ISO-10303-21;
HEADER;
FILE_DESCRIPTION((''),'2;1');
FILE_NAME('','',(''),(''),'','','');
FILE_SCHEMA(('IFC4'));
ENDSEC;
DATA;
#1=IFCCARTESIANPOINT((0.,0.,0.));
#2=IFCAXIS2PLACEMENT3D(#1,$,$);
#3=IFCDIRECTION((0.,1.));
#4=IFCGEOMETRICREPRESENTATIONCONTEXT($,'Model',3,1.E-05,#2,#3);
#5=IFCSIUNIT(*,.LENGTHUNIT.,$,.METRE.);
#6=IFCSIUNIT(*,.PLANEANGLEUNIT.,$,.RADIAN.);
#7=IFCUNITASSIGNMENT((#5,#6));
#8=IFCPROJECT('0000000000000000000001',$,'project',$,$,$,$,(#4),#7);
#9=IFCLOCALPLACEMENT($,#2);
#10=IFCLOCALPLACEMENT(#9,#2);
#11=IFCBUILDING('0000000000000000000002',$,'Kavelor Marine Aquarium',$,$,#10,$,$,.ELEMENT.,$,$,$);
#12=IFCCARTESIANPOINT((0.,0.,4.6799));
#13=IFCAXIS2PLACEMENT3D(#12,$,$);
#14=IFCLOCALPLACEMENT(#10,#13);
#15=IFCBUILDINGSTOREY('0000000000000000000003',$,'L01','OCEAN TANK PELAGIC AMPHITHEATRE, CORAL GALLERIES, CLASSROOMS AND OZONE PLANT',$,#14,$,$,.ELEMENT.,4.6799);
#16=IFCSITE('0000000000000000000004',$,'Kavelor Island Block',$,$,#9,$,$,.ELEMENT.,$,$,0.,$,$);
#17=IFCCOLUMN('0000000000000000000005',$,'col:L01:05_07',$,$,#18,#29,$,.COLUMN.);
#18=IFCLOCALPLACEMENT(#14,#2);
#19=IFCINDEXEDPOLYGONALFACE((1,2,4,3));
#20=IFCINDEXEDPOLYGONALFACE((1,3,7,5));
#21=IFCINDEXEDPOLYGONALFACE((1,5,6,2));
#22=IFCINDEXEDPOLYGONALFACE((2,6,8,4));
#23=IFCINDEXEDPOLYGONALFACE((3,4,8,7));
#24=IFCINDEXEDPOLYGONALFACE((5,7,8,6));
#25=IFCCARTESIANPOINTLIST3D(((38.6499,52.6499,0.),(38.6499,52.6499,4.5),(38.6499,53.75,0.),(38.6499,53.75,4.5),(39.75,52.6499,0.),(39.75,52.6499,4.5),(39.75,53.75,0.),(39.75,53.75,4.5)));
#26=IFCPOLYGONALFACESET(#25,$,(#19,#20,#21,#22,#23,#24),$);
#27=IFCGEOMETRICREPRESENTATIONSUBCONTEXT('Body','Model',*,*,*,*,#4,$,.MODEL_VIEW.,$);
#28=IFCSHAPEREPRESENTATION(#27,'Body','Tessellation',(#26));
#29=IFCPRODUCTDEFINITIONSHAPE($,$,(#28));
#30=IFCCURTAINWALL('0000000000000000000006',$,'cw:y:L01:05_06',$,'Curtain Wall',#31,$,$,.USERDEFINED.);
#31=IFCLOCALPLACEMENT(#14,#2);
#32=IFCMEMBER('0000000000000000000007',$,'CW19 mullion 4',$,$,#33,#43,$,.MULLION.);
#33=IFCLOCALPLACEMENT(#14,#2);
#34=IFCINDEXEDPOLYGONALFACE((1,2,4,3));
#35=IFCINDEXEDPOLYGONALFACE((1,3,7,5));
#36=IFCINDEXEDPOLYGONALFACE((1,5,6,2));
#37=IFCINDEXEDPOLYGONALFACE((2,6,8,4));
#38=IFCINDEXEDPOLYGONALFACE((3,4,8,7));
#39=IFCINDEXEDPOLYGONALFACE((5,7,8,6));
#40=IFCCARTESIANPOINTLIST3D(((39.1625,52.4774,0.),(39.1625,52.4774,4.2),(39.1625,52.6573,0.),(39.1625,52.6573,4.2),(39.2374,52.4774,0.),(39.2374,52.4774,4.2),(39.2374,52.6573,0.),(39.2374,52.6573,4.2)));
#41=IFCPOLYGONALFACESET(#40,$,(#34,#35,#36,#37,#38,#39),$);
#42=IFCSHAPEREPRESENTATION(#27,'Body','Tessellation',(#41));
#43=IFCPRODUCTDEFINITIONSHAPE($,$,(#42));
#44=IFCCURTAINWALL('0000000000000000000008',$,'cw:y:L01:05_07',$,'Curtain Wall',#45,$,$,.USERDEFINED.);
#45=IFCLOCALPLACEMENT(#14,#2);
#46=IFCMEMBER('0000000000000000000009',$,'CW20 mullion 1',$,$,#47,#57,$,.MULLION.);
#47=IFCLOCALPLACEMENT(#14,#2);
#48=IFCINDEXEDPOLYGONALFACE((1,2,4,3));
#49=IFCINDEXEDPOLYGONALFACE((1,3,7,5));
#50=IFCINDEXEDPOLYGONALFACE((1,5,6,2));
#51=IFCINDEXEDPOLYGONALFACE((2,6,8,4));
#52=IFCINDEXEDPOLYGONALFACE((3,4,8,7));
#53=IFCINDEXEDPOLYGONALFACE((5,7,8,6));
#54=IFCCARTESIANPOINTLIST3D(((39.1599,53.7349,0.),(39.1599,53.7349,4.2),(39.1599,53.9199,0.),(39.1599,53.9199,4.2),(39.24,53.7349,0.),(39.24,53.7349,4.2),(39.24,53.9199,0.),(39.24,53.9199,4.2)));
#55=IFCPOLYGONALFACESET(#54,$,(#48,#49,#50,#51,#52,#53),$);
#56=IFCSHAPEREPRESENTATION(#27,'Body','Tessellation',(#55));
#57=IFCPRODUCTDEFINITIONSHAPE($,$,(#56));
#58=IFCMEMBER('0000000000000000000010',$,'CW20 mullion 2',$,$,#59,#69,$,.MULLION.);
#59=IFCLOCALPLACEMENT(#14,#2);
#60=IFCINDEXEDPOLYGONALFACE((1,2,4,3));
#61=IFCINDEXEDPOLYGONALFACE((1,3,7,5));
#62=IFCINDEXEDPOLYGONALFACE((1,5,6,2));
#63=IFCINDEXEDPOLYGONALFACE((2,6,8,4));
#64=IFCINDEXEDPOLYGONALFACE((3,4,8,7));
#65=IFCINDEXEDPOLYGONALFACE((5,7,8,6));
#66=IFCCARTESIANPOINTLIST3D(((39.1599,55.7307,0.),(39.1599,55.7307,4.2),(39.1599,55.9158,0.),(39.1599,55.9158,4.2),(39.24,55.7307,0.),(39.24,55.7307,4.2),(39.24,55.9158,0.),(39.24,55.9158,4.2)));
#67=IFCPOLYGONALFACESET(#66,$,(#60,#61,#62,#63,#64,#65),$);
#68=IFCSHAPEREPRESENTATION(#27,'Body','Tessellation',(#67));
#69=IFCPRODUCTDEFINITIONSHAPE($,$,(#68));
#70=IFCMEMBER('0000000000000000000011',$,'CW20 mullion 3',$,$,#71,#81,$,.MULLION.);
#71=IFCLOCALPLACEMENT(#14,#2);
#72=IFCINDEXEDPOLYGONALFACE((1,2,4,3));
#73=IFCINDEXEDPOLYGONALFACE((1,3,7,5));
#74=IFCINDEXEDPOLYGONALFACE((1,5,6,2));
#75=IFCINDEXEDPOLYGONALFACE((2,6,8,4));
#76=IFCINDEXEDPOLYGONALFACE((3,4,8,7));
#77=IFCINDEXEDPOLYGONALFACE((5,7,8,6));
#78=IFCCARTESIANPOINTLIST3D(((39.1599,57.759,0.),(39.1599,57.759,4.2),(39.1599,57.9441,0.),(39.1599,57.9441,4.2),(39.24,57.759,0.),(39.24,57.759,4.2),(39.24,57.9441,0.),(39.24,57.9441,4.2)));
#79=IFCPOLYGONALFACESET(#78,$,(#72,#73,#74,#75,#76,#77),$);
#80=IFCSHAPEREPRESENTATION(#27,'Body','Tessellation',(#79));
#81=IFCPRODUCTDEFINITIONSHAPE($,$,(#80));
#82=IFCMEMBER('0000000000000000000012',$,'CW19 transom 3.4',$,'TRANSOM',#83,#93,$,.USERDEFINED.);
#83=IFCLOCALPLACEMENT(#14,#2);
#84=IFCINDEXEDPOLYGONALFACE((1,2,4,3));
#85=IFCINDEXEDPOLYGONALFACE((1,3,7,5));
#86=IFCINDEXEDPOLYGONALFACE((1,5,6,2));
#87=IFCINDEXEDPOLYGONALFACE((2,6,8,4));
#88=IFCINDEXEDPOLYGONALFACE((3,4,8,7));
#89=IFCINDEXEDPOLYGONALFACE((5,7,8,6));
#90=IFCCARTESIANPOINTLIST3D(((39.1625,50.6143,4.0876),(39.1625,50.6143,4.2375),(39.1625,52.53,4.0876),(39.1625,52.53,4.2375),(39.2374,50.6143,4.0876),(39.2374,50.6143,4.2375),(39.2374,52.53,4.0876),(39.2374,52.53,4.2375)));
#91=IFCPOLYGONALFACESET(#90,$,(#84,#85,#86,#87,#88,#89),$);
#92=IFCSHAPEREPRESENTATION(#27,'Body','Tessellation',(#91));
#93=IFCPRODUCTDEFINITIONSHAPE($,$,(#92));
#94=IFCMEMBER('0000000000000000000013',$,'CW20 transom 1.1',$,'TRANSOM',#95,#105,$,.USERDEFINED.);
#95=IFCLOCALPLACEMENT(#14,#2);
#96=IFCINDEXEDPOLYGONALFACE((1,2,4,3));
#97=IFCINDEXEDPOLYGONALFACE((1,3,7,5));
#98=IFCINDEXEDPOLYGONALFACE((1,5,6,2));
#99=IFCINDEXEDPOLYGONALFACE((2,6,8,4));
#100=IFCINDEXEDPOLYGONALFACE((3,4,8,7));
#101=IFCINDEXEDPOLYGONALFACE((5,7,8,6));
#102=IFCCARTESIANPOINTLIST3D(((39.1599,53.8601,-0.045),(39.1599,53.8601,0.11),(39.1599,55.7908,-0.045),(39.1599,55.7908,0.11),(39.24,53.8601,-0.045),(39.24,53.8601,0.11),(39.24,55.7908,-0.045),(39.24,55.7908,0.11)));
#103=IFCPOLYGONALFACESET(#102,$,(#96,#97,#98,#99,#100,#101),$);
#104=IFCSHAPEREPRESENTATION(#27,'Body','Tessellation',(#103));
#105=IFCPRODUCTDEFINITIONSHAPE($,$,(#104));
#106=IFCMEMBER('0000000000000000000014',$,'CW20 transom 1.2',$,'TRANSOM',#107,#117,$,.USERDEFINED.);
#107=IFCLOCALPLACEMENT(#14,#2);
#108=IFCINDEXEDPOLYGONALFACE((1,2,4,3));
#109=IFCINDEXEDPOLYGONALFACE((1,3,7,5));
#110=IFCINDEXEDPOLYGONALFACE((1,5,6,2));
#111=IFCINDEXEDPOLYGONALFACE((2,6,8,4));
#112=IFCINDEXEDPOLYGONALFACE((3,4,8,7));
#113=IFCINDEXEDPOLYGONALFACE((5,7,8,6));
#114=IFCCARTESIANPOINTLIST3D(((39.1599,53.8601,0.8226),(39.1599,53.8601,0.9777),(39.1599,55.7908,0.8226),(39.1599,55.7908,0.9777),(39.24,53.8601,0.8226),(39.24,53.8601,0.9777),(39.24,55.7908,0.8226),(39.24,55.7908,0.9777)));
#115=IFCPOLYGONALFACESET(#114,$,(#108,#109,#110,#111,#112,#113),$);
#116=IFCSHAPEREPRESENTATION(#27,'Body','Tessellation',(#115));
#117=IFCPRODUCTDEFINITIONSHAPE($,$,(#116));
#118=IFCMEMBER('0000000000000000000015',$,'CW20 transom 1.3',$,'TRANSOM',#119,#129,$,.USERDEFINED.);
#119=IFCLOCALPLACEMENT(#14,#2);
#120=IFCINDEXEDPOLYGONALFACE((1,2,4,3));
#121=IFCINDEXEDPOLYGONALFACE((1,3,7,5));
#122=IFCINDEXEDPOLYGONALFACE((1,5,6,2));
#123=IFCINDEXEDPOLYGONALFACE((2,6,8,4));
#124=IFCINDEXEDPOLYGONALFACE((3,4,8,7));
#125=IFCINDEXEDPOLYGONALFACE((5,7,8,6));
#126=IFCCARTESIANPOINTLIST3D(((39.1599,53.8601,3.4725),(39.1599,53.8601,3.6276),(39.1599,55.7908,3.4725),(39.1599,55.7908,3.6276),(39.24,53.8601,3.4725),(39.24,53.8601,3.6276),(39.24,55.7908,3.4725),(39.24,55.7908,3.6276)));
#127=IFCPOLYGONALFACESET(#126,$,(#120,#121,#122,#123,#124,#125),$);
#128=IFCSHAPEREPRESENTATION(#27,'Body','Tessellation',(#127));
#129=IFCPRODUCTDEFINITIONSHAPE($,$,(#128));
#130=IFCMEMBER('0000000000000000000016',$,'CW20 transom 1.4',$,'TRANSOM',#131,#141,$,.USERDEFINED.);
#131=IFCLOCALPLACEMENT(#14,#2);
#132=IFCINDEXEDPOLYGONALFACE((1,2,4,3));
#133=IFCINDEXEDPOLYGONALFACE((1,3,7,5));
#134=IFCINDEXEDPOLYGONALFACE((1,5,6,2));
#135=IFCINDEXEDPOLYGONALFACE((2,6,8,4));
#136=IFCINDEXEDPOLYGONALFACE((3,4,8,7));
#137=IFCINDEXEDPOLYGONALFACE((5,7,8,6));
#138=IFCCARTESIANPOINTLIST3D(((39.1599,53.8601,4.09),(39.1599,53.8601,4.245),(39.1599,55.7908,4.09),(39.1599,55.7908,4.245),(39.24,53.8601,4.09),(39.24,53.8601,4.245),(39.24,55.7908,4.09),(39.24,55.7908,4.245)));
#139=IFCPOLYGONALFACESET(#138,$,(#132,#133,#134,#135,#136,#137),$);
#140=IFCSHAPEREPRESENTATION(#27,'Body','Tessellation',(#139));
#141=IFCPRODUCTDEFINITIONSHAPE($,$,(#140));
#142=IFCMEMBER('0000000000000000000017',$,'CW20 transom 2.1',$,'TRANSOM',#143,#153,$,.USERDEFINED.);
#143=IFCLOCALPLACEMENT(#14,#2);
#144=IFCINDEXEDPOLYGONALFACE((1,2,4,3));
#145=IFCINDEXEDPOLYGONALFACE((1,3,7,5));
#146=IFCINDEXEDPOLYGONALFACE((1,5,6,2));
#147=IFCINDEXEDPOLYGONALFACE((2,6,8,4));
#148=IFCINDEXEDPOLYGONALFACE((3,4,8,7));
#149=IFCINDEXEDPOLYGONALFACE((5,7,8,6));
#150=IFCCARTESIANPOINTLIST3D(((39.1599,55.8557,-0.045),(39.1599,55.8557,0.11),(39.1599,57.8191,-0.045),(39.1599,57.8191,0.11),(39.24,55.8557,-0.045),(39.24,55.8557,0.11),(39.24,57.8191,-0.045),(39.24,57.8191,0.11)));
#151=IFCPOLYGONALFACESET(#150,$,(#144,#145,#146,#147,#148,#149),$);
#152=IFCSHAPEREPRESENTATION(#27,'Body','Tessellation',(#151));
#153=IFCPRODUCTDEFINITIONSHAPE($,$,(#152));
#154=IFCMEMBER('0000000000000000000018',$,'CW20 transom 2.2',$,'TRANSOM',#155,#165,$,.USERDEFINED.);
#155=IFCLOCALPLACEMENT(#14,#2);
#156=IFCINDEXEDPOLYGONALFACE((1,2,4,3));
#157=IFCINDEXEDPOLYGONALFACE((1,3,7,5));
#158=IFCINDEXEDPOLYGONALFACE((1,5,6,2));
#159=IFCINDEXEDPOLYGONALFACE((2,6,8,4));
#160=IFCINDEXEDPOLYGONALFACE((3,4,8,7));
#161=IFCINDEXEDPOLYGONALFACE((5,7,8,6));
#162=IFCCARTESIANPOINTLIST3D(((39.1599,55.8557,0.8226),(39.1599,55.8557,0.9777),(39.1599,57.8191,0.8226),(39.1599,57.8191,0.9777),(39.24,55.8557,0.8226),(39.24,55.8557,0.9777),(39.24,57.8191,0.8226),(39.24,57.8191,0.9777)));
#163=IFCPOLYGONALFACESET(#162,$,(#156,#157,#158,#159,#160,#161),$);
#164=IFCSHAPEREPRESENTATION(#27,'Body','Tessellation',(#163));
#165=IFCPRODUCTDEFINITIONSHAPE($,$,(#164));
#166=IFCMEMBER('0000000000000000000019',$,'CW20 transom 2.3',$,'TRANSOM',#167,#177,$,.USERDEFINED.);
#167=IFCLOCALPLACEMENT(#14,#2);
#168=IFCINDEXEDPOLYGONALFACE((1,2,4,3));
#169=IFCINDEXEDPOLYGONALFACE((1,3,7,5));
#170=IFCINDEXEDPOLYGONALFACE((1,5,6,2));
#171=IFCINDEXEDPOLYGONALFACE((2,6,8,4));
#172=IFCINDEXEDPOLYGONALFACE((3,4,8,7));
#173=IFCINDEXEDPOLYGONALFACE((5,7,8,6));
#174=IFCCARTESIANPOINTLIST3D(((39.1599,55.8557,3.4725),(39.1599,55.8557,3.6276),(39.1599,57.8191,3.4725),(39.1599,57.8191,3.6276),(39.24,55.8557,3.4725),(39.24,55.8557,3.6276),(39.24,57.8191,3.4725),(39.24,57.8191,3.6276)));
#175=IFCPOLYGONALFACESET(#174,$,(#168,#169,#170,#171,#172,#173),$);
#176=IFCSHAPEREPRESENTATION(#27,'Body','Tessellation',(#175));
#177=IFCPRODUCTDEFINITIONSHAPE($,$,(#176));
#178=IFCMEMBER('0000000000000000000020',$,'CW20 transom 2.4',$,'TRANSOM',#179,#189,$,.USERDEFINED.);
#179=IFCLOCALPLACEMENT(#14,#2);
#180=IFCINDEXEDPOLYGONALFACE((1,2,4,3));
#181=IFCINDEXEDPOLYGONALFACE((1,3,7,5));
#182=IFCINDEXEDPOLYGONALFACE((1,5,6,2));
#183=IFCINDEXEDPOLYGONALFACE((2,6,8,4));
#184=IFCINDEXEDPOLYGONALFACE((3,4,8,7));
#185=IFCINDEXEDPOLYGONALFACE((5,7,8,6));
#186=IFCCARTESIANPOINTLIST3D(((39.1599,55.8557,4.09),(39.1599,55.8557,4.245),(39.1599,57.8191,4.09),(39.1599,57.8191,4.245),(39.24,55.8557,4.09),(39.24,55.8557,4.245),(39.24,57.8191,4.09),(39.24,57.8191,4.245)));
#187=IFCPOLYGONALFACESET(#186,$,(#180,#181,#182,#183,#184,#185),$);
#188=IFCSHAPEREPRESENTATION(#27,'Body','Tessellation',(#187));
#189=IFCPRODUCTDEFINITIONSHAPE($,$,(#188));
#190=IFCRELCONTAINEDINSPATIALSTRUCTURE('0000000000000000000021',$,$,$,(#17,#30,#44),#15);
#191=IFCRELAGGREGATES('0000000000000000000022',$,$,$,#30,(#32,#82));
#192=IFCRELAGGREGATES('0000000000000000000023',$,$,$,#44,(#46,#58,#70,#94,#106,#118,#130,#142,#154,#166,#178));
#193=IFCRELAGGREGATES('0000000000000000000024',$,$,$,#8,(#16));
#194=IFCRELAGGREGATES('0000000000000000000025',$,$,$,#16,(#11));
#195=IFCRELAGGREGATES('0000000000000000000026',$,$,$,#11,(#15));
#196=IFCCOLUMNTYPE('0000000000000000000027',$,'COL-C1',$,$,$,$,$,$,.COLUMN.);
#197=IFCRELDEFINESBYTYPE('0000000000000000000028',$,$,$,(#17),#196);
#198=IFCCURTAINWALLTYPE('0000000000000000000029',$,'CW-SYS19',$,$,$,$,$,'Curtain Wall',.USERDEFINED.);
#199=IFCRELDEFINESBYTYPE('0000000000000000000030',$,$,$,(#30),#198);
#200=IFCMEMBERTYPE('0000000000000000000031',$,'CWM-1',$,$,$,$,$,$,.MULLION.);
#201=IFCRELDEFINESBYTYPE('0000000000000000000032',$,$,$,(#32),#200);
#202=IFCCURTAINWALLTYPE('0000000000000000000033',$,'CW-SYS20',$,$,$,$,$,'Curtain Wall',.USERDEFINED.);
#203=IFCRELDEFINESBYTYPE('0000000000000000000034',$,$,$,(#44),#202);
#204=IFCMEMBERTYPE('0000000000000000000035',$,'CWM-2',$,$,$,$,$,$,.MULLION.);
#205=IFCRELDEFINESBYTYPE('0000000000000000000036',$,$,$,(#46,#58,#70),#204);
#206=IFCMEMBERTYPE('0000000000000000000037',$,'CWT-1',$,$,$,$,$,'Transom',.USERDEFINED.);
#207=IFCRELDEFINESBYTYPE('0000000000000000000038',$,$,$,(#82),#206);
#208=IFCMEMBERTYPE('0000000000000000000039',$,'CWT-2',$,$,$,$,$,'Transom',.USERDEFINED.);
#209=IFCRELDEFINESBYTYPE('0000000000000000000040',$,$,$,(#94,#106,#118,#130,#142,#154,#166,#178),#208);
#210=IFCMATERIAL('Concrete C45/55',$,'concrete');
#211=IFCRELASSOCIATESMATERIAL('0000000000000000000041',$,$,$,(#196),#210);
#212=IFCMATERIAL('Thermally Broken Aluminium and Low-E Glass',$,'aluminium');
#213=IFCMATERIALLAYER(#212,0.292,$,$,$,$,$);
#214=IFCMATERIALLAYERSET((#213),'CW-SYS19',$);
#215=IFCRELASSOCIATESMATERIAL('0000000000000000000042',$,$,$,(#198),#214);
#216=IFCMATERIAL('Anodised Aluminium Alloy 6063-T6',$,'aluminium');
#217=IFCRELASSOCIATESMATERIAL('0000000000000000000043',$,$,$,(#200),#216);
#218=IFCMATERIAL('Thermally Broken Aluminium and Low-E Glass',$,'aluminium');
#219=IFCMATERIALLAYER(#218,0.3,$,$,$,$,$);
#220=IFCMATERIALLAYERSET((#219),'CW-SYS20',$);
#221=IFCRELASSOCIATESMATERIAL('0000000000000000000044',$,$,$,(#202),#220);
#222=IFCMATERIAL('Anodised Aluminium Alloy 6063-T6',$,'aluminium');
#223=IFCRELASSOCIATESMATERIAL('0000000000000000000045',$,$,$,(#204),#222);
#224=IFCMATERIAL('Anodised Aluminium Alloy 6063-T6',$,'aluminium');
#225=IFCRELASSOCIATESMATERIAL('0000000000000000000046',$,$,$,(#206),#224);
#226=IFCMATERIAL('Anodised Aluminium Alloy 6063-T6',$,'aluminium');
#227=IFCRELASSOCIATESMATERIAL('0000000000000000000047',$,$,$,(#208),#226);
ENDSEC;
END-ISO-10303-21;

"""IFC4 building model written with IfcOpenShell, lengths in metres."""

from ifc_helpers import new_model, si_unit, direction, frame, origin, origin_2d, place, context, subcontext, project, spatial, rectangle, extrude, material, layer, layer_set, material_profile, profile_set, type_object, element, aggregate, save


model = new_model("IFC4")

# Units and contexts
model_context = context("Model", 3, precision=1e-05, world=origin(), true_north=direction((0.0, 1.0)))
body_context = subcontext(model_context, "Body", "Model", "MODEL_VIEW")
ifc_project = project(units=[si_unit("LENGTHUNIT", "METRE"), si_unit("PLANEANGLEUNIT", "RADIAN")], contexts=[model_context])

# Site, building, storey
site_placement = place(None, origin())
site = spatial("IfcSite", under=ifc_project, at=site_placement, Name="Kavelor Island Block", CompositionType="ELEMENT", RefElevation=0.0)
building_placement = place(site_placement, origin())
building = spatial("IfcBuilding", under=site, at=building_placement, Name="Kavelor Marine Aquarium", CompositionType="ELEMENT")
storey_placement = place(building_placement, frame((0.0, 0.0, 4.6799)))
storey = spatial("IfcBuildingStorey", under=building, at=storey_placement, Name="L01", Description="OCEAN TANK PELAGIC AMPHITHEATRE, CORAL GALLERIES, CLASSROOMS AND OZONE PLANT", CompositionType="ELEMENT", Elevation=4.6799)

# Column
ifc_material_1 = material(Name="Concrete C45/55", Category="concrete")
ifc_material_profile_1 = material_profile(ifc_material_1, rectangle(XDim=1.1001, YDim=1.1001, at=origin_2d()), Name="RC-COL 1100x1100")
ifc_profile_set_1 = profile_set([ifc_material_profile_1], Name="Concrete C45/55")
column_type = type_object("IfcColumnType", Name="COL-C1", PredefinedType="COLUMN", material=ifc_profile_set_1)
column_placement = place(storey_placement, frame((39.2, 53.2, 0.0), z_axis=(0.0, 0.0, 1.0), x_axis=(1.0, 0.0, 0.0)))
element("IfcColumn", 1, at=column_placement, inside=storey, type_object=column_type, Name="col:L01:05_07", PredefinedType="COLUMN", context=body_context, shape_type="SweptSolid", body=[
    extrude(rectangle(XDim=1.1001, YDim=1.1001, at=origin_2d()), origin(), (0.0, 0.0, 1.0), 4.5),
])

# Curtain wall, member
ifc_material_2 = material(Name="Thermally Broken Aluminium and Low-E Glass", Category="aluminium")
ifc_layer_1 = layer(ifc_material_2, 0.292)
ifc_layer_set_1 = layer_set([ifc_layer_1], Name="CW-SYS19")
curtain_wall_type_1 = type_object("IfcCurtainWallType", Name="CW-SYS19", ElementType="Curtain Wall", PredefinedType="USERDEFINED", material=ifc_layer_set_1)
curtain_wall_1_placement = place(storey_placement, origin())
curtain_wall_1 = element("IfcCurtainWall", 2, at=curtain_wall_1_placement, inside=storey, type_object=curtain_wall_type_1, Name="cw:y:L01:05_06", ObjectType="Curtain Wall", PredefinedType="USERDEFINED")
ifc_material_3 = material(Name="Anodised Aluminium Alloy 6063-T6", Category="aluminium")
ifc_material_profile_2 = material_profile(ifc_material_3, rectangle(XDim=0.075, YDim=0.1799, at=origin_2d()), Name="CW-MUL 75x180")
ifc_profile_set_2 = profile_set([ifc_material_profile_2], Name="Anodised Aluminium Alloy 6063-T6")
member_type_1 = type_object("IfcMemberType", Name="CWM-1", PredefinedType="MULLION", material=ifc_profile_set_2)
member_1_placement = place(storey_placement, frame((39.2, 52.5674, 0.0), z_axis=(0.0, 0.0, 1.0), x_axis=(-1.0, 0.0, 0.0)))
member_1 = element("IfcMember", 3, at=member_1_placement, type_object=member_type_1, Name="CW19 mullion 4", PredefinedType="MULLION", context=body_context, shape_type="SweptSolid", body=[
    extrude(rectangle(XDim=0.075, YDim=0.1799, at=origin_2d()), origin(), (0.0, 0.0, 1.0), 4.2),
])

# Curtain wall, members
ifc_material_4 = material(Name="Thermally Broken Aluminium and Low-E Glass", Category="aluminium")
ifc_layer_2 = layer(ifc_material_4, 0.3)
ifc_layer_set_2 = layer_set([ifc_layer_2], Name="CW-SYS20")
curtain_wall_type_2 = type_object("IfcCurtainWallType", Name="CW-SYS20", ElementType="Curtain Wall", PredefinedType="USERDEFINED", material=ifc_layer_set_2)
curtain_wall_2_placement = place(storey_placement, origin())
curtain_wall_2 = element("IfcCurtainWall", 4, at=curtain_wall_2_placement, inside=storey, type_object=curtain_wall_type_2, Name="cw:y:L01:05_07", ObjectType="Curtain Wall", PredefinedType="USERDEFINED")
ifc_material_5 = material(Name="Anodised Aluminium Alloy 6063-T6", Category="aluminium")
ifc_material_profile_3 = material_profile(ifc_material_5, rectangle(XDim=0.0801, YDim=0.1851, at=origin_2d()), Name="CW-MUL 80x185")
ifc_profile_set_3 = profile_set([ifc_material_profile_3], Name="Anodised Aluminium Alloy 6063-T6")
member_type_2 = type_object("IfcMemberType", Name="CWM-2", PredefinedType="MULLION", material=ifc_profile_set_3)
member_2_placement = place(storey_placement, frame((39.2, 53.8274, 0.0), z_axis=(0.0, 0.0, 1.0), x_axis=(-1.0, 0.0, 0.0)))
member_2 = element("IfcMember", 5, at=member_2_placement, type_object=member_type_2, Name="CW20 mullion 1", PredefinedType="MULLION", context=body_context, shape_type="SweptSolid", body=[
    extrude(rectangle(XDim=0.0801, YDim=0.1851, at=origin_2d()), origin(), (0.0, 0.0, 1.0), 4.2),
])
member_3_placement = place(storey_placement, frame((39.2, 55.8232, 0.0), z_axis=(0.0, 0.0, 1.0), x_axis=(-1.0, 0.0, 0.0)))
member_3 = element("IfcMember", 6, at=member_3_placement, type_object=member_type_2, Name="CW20 mullion 2", PredefinedType="MULLION", context=body_context, shape_type="SweptSolid", body=[
    extrude(rectangle(XDim=0.0801, YDim=0.1851, at=origin_2d()), origin(), (0.0, 0.0, 1.0), 4.2),
])
member_4_placement = place(storey_placement, frame((39.2, 57.8516, 0.0), z_axis=(0.0, 0.0, 1.0), x_axis=(-1.0, 0.0, 0.0)))
member_4 = element("IfcMember", 7, at=member_4_placement, type_object=member_type_2, Name="CW20 mullion 3", PredefinedType="MULLION", context=body_context, shape_type="SweptSolid", body=[
    extrude(rectangle(XDim=0.0801, YDim=0.1851, at=origin_2d()), origin(), (0.0, 0.0, 1.0), 4.2),
])

# Members
ifc_material_6 = material(Name="Anodised Aluminium Alloy 6063-T6", Category="aluminium")
ifc_material_profile_4 = material_profile(ifc_material_6, rectangle(XDim=0.075, YDim=0.1499, at=origin_2d()), Name="CW-TRN 75x150")
ifc_profile_set_4 = profile_set([ifc_material_profile_4], Name="Anodised Aluminium Alloy 6063-T6")
member_type_3 = type_object("IfcMemberType", Name="CWT-1", ElementType="Transom", PredefinedType="USERDEFINED", material=ifc_profile_set_4)
member_5_placement = place(storey_placement, frame((39.2, 50.6143, 4.1626), z_axis=(0.0, 1.0, 0.0), x_axis=(-1.0, 0.0, 0.0)))
member_5 = element("IfcMember", 8, at=member_5_placement, type_object=member_type_3, Name="CW19 transom 3.4", ObjectType="TRANSOM", PredefinedType="USERDEFINED", context=body_context, shape_type="SweptSolid", body=[
    extrude(rectangle(XDim=0.075, YDim=0.1499, at=origin_2d()), origin(), (0.0, 0.0, 1.0), 1.9158),
])
ifc_material_7 = material(Name="Anodised Aluminium Alloy 6063-T6", Category="aluminium")
ifc_material_profile_5 = material_profile(ifc_material_7, rectangle(XDim=0.0801, YDim=0.155, at=origin_2d()), Name="CW-TRN 80x155")
ifc_profile_set_5 = profile_set([ifc_material_profile_5], Name="Anodised Aluminium Alloy 6063-T6")
member_type_4 = type_object("IfcMemberType", Name="CWT-2", ElementType="Transom", PredefinedType="USERDEFINED", material=ifc_profile_set_5)
member_6_placement = place(storey_placement, frame((39.2, 53.8601, 0.0325), z_axis=(0.0, 1.0, 0.0), x_axis=(-1.0, 0.0, 0.0)))
member_6 = element("IfcMember", 9, at=member_6_placement, type_object=member_type_4, Name="CW20 transom 1.1", ObjectType="TRANSOM", PredefinedType="USERDEFINED", context=body_context, shape_type="SweptSolid", body=[
    extrude(rectangle(XDim=0.0801, YDim=0.155, at=origin_2d()), origin(), (0.0, 0.0, 1.0), 1.9307),
])
member_7_placement = place(storey_placement, frame((39.2, 53.8601, 0.9001), z_axis=(0.0, 1.0, 0.0), x_axis=(-1.0, 0.0, 0.0)))
member_7 = element("IfcMember", 10, at=member_7_placement, type_object=member_type_4, Name="CW20 transom 1.2", ObjectType="TRANSOM", PredefinedType="USERDEFINED", context=body_context, shape_type="SweptSolid", body=[
    extrude(rectangle(XDim=0.0801, YDim=0.155, at=origin_2d()), origin(), (0.0, 0.0, 1.0), 1.9307),
])
member_8_placement = place(storey_placement, frame((39.2, 53.8601, 3.55), z_axis=(0.0, 1.0, 0.0), x_axis=(-1.0, 0.0, 0.0)))
member_8 = element("IfcMember", 11, at=member_8_placement, type_object=member_type_4, Name="CW20 transom 1.3", ObjectType="TRANSOM", PredefinedType="USERDEFINED", context=body_context, shape_type="SweptSolid", body=[
    extrude(rectangle(XDim=0.0801, YDim=0.155, at=origin_2d()), origin(), (0.0, 0.0, 1.0), 1.9307),
])
member_9_placement = place(storey_placement, frame((39.2, 53.8601, 4.1675), z_axis=(0.0, 1.0, 0.0), x_axis=(-1.0, 0.0, 0.0)))
member_9 = element("IfcMember", 12, at=member_9_placement, type_object=member_type_4, Name="CW20 transom 1.4", ObjectType="TRANSOM", PredefinedType="USERDEFINED", context=body_context, shape_type="SweptSolid", body=[
    extrude(rectangle(XDim=0.0801, YDim=0.155, at=origin_2d()), origin(), (0.0, 0.0, 1.0), 1.9307),
])
member_10_placement = place(storey_placement, frame((39.2, 55.8557, 0.0325), z_axis=(0.0, 1.0, 0.0), x_axis=(-1.0, 0.0, 0.0)))
member_10 = element("IfcMember", 13, at=member_10_placement, type_object=member_type_4, Name="CW20 transom 2.1", ObjectType="TRANSOM", PredefinedType="USERDEFINED", context=body_context, shape_type="SweptSolid", body=[
    extrude(rectangle(XDim=0.0801, YDim=0.155, at=origin_2d()), origin(), (0.0, 0.0, 1.0), 1.9634),
])
member_11_placement = place(storey_placement, frame((39.2, 55.8557, 0.9001), z_axis=(0.0, 1.0, 0.0), x_axis=(-1.0, 0.0, 0.0)))
member_11 = element("IfcMember", 14, at=member_11_placement, type_object=member_type_4, Name="CW20 transom 2.2", ObjectType="TRANSOM", PredefinedType="USERDEFINED", context=body_context, shape_type="SweptSolid", body=[
    extrude(rectangle(XDim=0.0801, YDim=0.155, at=origin_2d()), origin(), (0.0, 0.0, 1.0), 1.9634),
])
member_12_placement = place(storey_placement, frame((39.2, 55.8557, 3.55), z_axis=(0.0, 1.0, 0.0), x_axis=(-1.0, 0.0, 0.0)))
member_12 = element("IfcMember", 15, at=member_12_placement, type_object=member_type_4, Name="CW20 transom 2.3", ObjectType="TRANSOM", PredefinedType="USERDEFINED", context=body_context, shape_type="SweptSolid", body=[
    extrude(rectangle(XDim=0.0801, YDim=0.155, at=origin_2d()), origin(), (0.0, 0.0, 1.0), 1.9634),
])
member_13_placement = place(storey_placement, frame((39.2, 55.8557, 4.1675), z_axis=(0.0, 1.0, 0.0), x_axis=(-1.0, 0.0, 0.0)))
member_13 = element("IfcMember", 16, at=member_13_placement, type_object=member_type_4, Name="CW20 transom 2.4", ObjectType="TRANSOM", PredefinedType="USERDEFINED", context=body_context, shape_type="SweptSolid", body=[
    extrude(rectangle(XDim=0.0801, YDim=0.155, at=origin_2d()), origin(), (0.0, 0.0, 1.0), 1.9634),
])

aggregate(curtain_wall_1, [member_1, member_5])
aggregate(curtain_wall_2, [member_2, member_3, member_4, member_6, member_7, member_8, member_9, member_10, member_11, member_12, member_13])

save(model, "model.ifc")
